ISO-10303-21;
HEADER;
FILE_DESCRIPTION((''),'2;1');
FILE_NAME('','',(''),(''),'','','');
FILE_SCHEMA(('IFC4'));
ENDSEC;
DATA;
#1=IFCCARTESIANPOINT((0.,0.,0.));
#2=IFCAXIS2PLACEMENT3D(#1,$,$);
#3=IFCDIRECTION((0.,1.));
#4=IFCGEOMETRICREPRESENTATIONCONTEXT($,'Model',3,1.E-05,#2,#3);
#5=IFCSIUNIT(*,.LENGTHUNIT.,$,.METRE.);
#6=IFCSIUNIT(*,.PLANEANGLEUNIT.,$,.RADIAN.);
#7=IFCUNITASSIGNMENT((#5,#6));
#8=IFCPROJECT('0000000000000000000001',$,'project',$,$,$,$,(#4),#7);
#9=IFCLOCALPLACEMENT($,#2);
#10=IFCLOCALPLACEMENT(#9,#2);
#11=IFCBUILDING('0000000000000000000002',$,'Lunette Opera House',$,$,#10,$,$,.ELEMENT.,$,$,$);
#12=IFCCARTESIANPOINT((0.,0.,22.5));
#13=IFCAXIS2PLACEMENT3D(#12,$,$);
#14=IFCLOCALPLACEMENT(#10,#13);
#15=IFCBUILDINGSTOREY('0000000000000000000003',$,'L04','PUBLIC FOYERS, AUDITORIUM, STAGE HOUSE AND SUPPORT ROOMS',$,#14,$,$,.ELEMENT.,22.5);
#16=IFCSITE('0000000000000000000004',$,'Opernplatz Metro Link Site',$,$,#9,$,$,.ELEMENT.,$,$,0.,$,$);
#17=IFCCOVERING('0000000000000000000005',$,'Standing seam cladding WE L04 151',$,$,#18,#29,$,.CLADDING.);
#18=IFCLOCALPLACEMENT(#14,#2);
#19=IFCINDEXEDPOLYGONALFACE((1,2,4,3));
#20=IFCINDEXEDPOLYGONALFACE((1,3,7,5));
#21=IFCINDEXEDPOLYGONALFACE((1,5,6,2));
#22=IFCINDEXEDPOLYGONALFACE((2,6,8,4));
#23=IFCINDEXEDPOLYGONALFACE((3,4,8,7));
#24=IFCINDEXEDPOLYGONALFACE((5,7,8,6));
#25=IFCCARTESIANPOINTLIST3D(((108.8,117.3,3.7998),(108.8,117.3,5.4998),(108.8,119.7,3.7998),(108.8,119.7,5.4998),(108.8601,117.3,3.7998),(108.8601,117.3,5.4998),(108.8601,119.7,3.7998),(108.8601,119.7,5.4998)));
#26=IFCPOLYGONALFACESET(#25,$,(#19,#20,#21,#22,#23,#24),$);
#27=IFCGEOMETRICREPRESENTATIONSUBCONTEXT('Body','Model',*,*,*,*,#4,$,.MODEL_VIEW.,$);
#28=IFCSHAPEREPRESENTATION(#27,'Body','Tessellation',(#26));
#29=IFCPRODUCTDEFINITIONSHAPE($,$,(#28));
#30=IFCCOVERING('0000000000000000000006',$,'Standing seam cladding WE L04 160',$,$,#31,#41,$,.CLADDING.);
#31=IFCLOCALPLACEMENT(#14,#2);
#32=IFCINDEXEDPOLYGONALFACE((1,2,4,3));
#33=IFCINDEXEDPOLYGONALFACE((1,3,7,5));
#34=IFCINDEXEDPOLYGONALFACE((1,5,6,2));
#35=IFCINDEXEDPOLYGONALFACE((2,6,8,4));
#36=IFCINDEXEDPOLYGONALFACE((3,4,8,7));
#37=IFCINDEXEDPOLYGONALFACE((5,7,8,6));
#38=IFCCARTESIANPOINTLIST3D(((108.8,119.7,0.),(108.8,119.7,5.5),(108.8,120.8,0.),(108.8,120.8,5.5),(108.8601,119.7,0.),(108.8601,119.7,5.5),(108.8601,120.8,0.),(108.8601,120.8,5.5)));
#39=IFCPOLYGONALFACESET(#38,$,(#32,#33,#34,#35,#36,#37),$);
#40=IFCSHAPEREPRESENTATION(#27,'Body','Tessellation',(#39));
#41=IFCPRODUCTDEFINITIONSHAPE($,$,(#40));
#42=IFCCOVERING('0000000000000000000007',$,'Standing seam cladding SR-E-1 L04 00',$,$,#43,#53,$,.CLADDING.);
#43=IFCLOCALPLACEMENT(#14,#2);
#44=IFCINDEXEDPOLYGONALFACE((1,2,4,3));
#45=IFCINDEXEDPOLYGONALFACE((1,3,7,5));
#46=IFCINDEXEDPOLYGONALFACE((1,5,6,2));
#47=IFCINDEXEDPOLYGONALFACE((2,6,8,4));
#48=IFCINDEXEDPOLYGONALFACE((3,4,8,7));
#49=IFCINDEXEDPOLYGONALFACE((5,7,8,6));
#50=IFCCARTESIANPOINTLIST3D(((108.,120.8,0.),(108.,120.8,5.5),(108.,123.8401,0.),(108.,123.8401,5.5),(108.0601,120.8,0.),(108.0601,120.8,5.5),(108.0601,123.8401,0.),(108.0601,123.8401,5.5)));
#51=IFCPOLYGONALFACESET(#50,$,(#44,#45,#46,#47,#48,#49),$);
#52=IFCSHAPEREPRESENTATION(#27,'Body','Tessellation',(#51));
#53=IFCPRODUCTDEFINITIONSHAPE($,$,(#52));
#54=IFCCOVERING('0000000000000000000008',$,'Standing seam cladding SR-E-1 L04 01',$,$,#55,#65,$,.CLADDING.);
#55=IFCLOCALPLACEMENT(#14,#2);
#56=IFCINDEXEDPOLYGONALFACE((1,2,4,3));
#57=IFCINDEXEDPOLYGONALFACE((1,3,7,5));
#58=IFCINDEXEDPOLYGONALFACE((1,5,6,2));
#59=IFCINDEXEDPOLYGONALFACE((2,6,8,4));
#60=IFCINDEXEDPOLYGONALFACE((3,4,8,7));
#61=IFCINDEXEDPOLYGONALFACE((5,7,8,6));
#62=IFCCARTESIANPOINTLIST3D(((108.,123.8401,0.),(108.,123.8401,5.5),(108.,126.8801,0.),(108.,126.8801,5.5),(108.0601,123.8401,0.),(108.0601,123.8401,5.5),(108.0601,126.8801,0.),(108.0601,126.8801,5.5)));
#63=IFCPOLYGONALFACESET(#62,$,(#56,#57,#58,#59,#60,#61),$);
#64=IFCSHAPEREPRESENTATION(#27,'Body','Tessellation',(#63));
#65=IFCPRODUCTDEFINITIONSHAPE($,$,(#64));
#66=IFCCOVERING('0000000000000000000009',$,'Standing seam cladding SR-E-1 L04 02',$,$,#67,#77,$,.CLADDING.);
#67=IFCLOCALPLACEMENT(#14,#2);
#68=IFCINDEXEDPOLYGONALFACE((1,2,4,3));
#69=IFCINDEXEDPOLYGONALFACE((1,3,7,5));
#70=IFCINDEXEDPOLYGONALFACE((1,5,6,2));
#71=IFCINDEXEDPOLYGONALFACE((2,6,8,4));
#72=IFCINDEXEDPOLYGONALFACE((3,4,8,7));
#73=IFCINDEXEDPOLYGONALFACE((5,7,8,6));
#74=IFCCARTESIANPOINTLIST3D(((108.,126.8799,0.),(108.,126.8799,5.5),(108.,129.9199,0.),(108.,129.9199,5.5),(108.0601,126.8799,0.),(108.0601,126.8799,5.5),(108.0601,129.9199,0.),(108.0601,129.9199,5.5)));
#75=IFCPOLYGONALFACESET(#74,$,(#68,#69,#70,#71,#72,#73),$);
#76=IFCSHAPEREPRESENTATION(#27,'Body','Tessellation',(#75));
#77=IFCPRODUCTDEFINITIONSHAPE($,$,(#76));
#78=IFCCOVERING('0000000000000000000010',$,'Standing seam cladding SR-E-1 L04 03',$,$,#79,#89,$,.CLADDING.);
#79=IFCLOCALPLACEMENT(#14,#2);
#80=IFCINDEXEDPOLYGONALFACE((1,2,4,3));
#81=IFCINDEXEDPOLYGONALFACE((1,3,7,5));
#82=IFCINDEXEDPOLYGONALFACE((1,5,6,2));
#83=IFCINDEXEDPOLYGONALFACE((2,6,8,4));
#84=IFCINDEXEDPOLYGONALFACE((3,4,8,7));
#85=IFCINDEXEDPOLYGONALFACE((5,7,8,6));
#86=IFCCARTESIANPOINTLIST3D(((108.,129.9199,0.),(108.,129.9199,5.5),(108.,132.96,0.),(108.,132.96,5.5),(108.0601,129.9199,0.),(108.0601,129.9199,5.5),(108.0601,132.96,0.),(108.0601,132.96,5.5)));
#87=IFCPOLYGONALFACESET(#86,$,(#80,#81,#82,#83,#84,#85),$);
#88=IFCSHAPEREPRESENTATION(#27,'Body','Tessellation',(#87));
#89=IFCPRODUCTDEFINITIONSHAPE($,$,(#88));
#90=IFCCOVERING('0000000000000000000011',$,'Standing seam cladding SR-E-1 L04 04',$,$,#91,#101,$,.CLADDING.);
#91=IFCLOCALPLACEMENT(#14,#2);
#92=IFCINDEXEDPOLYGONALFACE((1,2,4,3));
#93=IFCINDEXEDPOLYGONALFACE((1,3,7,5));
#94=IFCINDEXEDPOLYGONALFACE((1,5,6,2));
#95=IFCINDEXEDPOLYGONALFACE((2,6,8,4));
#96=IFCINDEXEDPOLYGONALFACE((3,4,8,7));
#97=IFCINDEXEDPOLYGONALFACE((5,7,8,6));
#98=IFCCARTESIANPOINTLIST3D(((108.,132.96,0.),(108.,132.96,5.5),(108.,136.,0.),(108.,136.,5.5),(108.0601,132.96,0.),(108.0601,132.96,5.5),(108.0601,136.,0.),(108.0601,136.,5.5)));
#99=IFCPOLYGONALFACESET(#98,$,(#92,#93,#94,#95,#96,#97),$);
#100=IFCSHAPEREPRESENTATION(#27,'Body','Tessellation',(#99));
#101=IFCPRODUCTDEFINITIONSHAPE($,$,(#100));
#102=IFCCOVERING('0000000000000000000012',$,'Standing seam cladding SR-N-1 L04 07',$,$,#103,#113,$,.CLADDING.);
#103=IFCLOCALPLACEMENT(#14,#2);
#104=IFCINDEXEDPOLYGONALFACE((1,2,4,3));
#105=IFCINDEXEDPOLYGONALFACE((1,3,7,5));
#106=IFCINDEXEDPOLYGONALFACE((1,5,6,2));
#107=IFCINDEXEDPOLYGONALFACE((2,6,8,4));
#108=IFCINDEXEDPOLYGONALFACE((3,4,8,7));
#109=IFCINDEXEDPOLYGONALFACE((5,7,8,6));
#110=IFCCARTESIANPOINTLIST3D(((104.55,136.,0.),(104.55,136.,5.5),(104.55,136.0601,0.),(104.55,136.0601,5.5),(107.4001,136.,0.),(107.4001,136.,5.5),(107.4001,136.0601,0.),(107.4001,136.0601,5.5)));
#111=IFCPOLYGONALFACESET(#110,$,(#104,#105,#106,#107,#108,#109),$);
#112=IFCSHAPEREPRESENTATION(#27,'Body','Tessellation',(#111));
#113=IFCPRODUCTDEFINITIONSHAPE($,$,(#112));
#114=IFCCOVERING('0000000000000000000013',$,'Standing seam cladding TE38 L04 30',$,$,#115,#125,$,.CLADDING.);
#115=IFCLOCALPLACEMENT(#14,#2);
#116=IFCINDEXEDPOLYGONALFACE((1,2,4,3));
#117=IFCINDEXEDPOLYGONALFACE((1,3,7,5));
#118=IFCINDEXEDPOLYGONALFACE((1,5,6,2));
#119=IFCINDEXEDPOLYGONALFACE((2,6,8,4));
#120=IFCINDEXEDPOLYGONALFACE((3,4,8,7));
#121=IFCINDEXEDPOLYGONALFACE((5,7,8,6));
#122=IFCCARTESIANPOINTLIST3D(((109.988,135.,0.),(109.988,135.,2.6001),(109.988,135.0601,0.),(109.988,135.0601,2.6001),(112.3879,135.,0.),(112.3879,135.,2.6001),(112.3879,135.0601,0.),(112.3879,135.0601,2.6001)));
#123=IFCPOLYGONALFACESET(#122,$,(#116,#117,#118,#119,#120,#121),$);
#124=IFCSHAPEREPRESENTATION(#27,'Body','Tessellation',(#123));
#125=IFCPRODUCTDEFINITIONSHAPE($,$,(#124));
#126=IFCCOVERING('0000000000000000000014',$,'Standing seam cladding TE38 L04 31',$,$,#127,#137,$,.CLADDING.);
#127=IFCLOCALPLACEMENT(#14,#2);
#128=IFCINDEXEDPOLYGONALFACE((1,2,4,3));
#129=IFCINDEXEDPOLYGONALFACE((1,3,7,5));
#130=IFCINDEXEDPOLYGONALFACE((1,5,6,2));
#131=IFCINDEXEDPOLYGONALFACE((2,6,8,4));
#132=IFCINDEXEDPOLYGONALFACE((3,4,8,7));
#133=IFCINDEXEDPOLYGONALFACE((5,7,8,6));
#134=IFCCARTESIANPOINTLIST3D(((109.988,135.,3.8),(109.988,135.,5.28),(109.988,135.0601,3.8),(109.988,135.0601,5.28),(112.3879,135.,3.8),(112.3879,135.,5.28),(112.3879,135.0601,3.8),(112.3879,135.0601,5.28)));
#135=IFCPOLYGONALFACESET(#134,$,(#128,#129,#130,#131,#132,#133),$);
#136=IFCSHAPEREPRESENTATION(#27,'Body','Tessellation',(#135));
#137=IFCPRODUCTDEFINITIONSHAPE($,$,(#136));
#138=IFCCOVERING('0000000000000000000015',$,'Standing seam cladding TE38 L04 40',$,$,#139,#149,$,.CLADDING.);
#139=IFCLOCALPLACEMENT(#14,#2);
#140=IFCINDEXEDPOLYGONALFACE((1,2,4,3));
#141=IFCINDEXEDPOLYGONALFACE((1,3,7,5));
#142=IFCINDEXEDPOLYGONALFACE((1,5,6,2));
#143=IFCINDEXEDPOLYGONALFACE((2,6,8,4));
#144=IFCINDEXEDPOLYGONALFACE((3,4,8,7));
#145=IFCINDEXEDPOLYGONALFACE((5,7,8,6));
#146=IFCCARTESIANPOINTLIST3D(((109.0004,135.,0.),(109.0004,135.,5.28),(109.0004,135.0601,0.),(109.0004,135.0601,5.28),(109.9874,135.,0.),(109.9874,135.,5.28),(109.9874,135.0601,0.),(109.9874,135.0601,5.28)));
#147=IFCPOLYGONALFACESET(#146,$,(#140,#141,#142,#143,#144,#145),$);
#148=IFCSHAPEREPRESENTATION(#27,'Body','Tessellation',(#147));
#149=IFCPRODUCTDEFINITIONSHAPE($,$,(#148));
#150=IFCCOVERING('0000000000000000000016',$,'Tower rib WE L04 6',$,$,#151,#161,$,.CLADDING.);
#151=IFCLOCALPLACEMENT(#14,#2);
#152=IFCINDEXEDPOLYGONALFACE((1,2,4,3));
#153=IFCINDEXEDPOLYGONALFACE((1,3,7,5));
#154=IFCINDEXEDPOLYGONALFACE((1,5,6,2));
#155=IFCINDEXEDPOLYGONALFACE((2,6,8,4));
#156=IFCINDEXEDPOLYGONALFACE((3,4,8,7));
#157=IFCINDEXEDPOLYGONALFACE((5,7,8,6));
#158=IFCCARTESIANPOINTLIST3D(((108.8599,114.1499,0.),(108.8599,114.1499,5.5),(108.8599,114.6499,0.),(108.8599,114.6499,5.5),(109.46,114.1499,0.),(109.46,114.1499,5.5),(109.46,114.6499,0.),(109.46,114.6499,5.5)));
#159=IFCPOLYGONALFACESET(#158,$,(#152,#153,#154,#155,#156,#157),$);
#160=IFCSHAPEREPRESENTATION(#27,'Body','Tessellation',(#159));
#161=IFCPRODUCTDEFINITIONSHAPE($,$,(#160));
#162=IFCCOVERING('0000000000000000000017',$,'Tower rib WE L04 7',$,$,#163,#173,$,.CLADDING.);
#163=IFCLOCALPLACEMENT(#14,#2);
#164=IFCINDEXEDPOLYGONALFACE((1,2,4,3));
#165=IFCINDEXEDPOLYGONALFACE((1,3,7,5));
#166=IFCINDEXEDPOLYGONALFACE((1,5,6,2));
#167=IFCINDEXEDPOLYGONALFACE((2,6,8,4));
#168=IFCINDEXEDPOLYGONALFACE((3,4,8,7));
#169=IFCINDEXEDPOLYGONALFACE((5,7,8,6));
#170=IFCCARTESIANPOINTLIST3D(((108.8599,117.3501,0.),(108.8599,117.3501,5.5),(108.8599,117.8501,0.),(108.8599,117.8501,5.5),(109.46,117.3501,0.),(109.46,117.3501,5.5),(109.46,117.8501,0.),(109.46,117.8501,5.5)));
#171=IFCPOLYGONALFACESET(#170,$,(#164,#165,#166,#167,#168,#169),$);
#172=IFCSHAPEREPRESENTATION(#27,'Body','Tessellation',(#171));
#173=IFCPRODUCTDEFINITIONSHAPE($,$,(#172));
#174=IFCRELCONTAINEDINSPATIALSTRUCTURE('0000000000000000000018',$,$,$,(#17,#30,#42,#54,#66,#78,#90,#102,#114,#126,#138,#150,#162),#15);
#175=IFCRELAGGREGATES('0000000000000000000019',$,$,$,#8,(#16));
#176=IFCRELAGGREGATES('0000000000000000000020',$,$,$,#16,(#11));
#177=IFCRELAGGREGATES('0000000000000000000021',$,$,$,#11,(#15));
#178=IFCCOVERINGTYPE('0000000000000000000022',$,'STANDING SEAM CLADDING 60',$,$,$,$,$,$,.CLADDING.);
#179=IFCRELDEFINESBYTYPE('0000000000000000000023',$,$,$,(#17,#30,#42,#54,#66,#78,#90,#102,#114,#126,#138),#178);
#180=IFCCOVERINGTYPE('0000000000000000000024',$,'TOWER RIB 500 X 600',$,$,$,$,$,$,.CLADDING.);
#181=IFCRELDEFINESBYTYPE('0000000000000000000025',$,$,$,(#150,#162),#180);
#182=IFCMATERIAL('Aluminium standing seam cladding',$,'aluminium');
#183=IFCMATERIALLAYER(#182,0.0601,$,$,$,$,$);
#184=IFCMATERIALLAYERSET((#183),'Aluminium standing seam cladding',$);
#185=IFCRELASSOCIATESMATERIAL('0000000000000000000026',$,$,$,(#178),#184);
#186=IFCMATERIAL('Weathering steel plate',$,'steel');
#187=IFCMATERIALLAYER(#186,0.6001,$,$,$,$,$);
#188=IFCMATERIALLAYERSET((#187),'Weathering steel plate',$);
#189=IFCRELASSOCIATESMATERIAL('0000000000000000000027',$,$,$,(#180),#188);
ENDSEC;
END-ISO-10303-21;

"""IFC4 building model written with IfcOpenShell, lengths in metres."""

from ifc_helpers import new_model, si_unit, direction, frame, origin, origin_2d, place, context, subcontext, project, spatial, rectangle, extrude, material, layer, layer_set, type_object, element, save


model = new_model("IFC4")

# Units and contexts
model_context = context("Model", 3, precision=1e-05, world=origin(), true_north=direction((0.0, 1.0)))
body_context = subcontext(model_context, "Body", "Model", "MODEL_VIEW")
ifc_project = project(units=[si_unit("LENGTHUNIT", "METRE"), si_unit("PLANEANGLEUNIT", "RADIAN")], contexts=[model_context])

# Site, building, storey
site_placement = place(None, origin())
site = spatial("IfcSite", under=ifc_project, at=site_placement, Name="Opernplatz Metro Link Site", CompositionType="ELEMENT", RefElevation=0.0)
building_placement = place(site_placement, origin())
building = spatial("IfcBuilding", under=site, at=building_placement, Name="Lunette Opera House", CompositionType="ELEMENT")
storey_placement = place(building_placement, frame((0.0, 0.0, 22.5)))
storey = spatial("IfcBuildingStorey", under=building, at=storey_placement, Name="L04", Description="PUBLIC FOYERS, AUDITORIUM, STAGE HOUSE AND SUPPORT ROOMS", CompositionType="ELEMENT", Elevation=22.5)

# Coverings
ifc_material_1 = material(Name="Aluminium standing seam cladding", Category="aluminium")
ifc_layer_1 = layer(ifc_material_1, 0.0601)
ifc_layer_set_1 = layer_set([ifc_layer_1], Name="Aluminium standing seam cladding")
covering_type_1 = type_object("IfcCoveringType", Name="STANDING SEAM CLADDING 60", PredefinedType="CLADDING", material=ifc_layer_set_1)
covering_1_placement = place(storey_placement, frame((108.8301, 118.5, 3.7998), z_axis=(0.0, 0.0, 1.0), x_axis=(0.0, 1.0, 0.0)))
element("IfcCovering", 1, at=covering_1_placement, inside=storey, type_object=covering_type_1, Name="Standing seam cladding WE L04 151", PredefinedType="CLADDING", context=body_context, shape_type="SweptSolid", body=[
    extrude(rectangle(XDim=2.3999, YDim=0.0601, at=origin_2d()), origin(), (0.0, 0.0, 1.0), 1.7),
])
covering_2_placement = place(storey_placement, frame((108.8301, 120.25, 0.0), z_axis=(0.0, 0.0, 1.0), x_axis=(0.0, 1.0, 0.0)))
element("IfcCovering", 2, at=covering_2_placement, inside=storey, type_object=covering_type_1, Name="Standing seam cladding WE L04 160", PredefinedType="CLADDING", context=body_context, shape_type="SweptSolid", body=[
    extrude(rectangle(XDim=1.1001, YDim=0.0601, at=origin_2d()), origin(), (0.0, 0.0, 1.0), 5.5),
])
for number, where, z_axis, x_axis, name in (
    (3, (108.03, 122.3201, 0.0), (0.0, 0.0, 1.0), (0.0, 1.0, 0.0), "Standing seam cladding SR-E-1 L04 00"),
    (4, (108.03, 125.3601, 0.0), (0.0, 0.0, 1.0), (0.0, 1.0, 0.0), "Standing seam cladding SR-E-1 L04 01"),
    (5, (108.03, 128.3999, 0.0), (0.0, 0.0, 1.0), (0.0, 1.0, 0.0), "Standing seam cladding SR-E-1 L04 02"),
    (6, (108.03, 131.4399, 0.0), (0.0, 0.0, 1.0), (0.0, 1.0, 0.0), "Standing seam cladding SR-E-1 L04 03"),
    (7, (108.03, 134.48, 0.0), (0.0, 0.0, 1.0), (0.0, 1.0, 0.0), "Standing seam cladding SR-E-1 L04 04"),
):
    element("IfcCovering", number, at=place(storey_placement, frame(where, z_axis=z_axis, x_axis=x_axis)), inside=storey, type_object=covering_type_1, Name=name, PredefinedType="CLADDING", context=body_context, shape_type="SweptSolid", body=[
        extrude(rectangle(XDim=3.04, YDim=0.0601, at=origin_2d()), origin(), (0.0, 0.0, 1.0), 5.5),
    ])
covering_3_placement = place(storey_placement, frame((105.9751, 136.03, 0.0), z_axis=(0.0, 0.0, 1.0), x_axis=(1.0, 0.0, 0.0)))
element("IfcCovering", 8, at=covering_3_placement, inside=storey, type_object=covering_type_1, Name="Standing seam cladding SR-N-1 L04 07", PredefinedType="CLADDING", context=body_context, shape_type="SweptSolid", body=[
    extrude(rectangle(XDim=2.8501, YDim=0.0601, at=origin_2d()), origin(), (0.0, 0.0, 1.0), 5.5),
])
covering_4_placement = place(storey_placement, frame((111.188, 135.03, 0.0), z_axis=(0.0, 0.0, 1.0), x_axis=(-1.0, 0.0, 0.0)))
element("IfcCovering", 9, at=covering_4_placement, inside=storey, type_object=covering_type_1, Name="Standing seam cladding TE38 L04 30", PredefinedType="CLADDING", context=body_context, shape_type="SweptSolid", body=[
    extrude(rectangle(XDim=2.3999, YDim=0.0601, at=origin_2d()), origin(), (0.0, 0.0, 1.0), 2.6001),
])
covering_5_placement = place(storey_placement, frame((111.188, 135.03, 3.8), z_axis=(0.0, 0.0, 1.0), x_axis=(-1.0, 0.0, 0.0)))
element("IfcCovering", 10, at=covering_5_placement, inside=storey, type_object=covering_type_1, Name="Standing seam cladding TE38 L04 31", PredefinedType="CLADDING", context=body_context, shape_type="SweptSolid", body=[
    extrude(rectangle(XDim=2.3999, YDim=0.0601, at=origin_2d()), origin(), (0.0, 0.0, 1.0), 1.48),
])
covering_6_placement = place(storey_placement, frame((109.4939, 135.03, 0.0), z_axis=(0.0, 0.0, 1.0), x_axis=(-1.0, 0.0, 0.0)))
element("IfcCovering", 11, at=covering_6_placement, inside=storey, type_object=covering_type_1, Name="Standing seam cladding TE38 L04 40", PredefinedType="CLADDING", context=body_context, shape_type="SweptSolid", body=[
    extrude(rectangle(XDim=0.9871, YDim=0.0601, at=origin_2d()), origin(), (0.0, 0.0, 1.0), 5.28),
])
ifc_material_2 = material(Name="Weathering steel plate", Category="steel")
ifc_layer_2 = layer(ifc_material_2, 0.6001)
ifc_layer_set_2 = layer_set([ifc_layer_2], Name="Weathering steel plate")
covering_type_2 = type_object("IfcCoveringType", Name="TOWER RIB 500 X 600", PredefinedType="CLADDING", material=ifc_layer_set_2)
for number, where, z_axis, x_axis, name in (
    (12, (109.1599, 114.3999, 0.0), (0.0, 0.0, 1.0), (0.0, 1.0, 0.0), "Tower rib WE L04 6"),
    (13, (109.1599, 117.6001, 0.0), (0.0, 0.0, 1.0), (0.0, 1.0, 0.0), "Tower rib WE L04 7"),
):
    element("IfcCovering", number, at=place(storey_placement, frame(where, z_axis=z_axis, x_axis=x_axis)), inside=storey, type_object=covering_type_2, Name=name, PredefinedType="CLADDING", context=body_context, shape_type="SweptSolid", body=[
        extrude(rectangle(XDim=0.5, YDim=0.6001, at=origin_2d()), origin(), (0.0, 0.0, 1.0), 5.5),
    ])

save(model, "model.ifc")
